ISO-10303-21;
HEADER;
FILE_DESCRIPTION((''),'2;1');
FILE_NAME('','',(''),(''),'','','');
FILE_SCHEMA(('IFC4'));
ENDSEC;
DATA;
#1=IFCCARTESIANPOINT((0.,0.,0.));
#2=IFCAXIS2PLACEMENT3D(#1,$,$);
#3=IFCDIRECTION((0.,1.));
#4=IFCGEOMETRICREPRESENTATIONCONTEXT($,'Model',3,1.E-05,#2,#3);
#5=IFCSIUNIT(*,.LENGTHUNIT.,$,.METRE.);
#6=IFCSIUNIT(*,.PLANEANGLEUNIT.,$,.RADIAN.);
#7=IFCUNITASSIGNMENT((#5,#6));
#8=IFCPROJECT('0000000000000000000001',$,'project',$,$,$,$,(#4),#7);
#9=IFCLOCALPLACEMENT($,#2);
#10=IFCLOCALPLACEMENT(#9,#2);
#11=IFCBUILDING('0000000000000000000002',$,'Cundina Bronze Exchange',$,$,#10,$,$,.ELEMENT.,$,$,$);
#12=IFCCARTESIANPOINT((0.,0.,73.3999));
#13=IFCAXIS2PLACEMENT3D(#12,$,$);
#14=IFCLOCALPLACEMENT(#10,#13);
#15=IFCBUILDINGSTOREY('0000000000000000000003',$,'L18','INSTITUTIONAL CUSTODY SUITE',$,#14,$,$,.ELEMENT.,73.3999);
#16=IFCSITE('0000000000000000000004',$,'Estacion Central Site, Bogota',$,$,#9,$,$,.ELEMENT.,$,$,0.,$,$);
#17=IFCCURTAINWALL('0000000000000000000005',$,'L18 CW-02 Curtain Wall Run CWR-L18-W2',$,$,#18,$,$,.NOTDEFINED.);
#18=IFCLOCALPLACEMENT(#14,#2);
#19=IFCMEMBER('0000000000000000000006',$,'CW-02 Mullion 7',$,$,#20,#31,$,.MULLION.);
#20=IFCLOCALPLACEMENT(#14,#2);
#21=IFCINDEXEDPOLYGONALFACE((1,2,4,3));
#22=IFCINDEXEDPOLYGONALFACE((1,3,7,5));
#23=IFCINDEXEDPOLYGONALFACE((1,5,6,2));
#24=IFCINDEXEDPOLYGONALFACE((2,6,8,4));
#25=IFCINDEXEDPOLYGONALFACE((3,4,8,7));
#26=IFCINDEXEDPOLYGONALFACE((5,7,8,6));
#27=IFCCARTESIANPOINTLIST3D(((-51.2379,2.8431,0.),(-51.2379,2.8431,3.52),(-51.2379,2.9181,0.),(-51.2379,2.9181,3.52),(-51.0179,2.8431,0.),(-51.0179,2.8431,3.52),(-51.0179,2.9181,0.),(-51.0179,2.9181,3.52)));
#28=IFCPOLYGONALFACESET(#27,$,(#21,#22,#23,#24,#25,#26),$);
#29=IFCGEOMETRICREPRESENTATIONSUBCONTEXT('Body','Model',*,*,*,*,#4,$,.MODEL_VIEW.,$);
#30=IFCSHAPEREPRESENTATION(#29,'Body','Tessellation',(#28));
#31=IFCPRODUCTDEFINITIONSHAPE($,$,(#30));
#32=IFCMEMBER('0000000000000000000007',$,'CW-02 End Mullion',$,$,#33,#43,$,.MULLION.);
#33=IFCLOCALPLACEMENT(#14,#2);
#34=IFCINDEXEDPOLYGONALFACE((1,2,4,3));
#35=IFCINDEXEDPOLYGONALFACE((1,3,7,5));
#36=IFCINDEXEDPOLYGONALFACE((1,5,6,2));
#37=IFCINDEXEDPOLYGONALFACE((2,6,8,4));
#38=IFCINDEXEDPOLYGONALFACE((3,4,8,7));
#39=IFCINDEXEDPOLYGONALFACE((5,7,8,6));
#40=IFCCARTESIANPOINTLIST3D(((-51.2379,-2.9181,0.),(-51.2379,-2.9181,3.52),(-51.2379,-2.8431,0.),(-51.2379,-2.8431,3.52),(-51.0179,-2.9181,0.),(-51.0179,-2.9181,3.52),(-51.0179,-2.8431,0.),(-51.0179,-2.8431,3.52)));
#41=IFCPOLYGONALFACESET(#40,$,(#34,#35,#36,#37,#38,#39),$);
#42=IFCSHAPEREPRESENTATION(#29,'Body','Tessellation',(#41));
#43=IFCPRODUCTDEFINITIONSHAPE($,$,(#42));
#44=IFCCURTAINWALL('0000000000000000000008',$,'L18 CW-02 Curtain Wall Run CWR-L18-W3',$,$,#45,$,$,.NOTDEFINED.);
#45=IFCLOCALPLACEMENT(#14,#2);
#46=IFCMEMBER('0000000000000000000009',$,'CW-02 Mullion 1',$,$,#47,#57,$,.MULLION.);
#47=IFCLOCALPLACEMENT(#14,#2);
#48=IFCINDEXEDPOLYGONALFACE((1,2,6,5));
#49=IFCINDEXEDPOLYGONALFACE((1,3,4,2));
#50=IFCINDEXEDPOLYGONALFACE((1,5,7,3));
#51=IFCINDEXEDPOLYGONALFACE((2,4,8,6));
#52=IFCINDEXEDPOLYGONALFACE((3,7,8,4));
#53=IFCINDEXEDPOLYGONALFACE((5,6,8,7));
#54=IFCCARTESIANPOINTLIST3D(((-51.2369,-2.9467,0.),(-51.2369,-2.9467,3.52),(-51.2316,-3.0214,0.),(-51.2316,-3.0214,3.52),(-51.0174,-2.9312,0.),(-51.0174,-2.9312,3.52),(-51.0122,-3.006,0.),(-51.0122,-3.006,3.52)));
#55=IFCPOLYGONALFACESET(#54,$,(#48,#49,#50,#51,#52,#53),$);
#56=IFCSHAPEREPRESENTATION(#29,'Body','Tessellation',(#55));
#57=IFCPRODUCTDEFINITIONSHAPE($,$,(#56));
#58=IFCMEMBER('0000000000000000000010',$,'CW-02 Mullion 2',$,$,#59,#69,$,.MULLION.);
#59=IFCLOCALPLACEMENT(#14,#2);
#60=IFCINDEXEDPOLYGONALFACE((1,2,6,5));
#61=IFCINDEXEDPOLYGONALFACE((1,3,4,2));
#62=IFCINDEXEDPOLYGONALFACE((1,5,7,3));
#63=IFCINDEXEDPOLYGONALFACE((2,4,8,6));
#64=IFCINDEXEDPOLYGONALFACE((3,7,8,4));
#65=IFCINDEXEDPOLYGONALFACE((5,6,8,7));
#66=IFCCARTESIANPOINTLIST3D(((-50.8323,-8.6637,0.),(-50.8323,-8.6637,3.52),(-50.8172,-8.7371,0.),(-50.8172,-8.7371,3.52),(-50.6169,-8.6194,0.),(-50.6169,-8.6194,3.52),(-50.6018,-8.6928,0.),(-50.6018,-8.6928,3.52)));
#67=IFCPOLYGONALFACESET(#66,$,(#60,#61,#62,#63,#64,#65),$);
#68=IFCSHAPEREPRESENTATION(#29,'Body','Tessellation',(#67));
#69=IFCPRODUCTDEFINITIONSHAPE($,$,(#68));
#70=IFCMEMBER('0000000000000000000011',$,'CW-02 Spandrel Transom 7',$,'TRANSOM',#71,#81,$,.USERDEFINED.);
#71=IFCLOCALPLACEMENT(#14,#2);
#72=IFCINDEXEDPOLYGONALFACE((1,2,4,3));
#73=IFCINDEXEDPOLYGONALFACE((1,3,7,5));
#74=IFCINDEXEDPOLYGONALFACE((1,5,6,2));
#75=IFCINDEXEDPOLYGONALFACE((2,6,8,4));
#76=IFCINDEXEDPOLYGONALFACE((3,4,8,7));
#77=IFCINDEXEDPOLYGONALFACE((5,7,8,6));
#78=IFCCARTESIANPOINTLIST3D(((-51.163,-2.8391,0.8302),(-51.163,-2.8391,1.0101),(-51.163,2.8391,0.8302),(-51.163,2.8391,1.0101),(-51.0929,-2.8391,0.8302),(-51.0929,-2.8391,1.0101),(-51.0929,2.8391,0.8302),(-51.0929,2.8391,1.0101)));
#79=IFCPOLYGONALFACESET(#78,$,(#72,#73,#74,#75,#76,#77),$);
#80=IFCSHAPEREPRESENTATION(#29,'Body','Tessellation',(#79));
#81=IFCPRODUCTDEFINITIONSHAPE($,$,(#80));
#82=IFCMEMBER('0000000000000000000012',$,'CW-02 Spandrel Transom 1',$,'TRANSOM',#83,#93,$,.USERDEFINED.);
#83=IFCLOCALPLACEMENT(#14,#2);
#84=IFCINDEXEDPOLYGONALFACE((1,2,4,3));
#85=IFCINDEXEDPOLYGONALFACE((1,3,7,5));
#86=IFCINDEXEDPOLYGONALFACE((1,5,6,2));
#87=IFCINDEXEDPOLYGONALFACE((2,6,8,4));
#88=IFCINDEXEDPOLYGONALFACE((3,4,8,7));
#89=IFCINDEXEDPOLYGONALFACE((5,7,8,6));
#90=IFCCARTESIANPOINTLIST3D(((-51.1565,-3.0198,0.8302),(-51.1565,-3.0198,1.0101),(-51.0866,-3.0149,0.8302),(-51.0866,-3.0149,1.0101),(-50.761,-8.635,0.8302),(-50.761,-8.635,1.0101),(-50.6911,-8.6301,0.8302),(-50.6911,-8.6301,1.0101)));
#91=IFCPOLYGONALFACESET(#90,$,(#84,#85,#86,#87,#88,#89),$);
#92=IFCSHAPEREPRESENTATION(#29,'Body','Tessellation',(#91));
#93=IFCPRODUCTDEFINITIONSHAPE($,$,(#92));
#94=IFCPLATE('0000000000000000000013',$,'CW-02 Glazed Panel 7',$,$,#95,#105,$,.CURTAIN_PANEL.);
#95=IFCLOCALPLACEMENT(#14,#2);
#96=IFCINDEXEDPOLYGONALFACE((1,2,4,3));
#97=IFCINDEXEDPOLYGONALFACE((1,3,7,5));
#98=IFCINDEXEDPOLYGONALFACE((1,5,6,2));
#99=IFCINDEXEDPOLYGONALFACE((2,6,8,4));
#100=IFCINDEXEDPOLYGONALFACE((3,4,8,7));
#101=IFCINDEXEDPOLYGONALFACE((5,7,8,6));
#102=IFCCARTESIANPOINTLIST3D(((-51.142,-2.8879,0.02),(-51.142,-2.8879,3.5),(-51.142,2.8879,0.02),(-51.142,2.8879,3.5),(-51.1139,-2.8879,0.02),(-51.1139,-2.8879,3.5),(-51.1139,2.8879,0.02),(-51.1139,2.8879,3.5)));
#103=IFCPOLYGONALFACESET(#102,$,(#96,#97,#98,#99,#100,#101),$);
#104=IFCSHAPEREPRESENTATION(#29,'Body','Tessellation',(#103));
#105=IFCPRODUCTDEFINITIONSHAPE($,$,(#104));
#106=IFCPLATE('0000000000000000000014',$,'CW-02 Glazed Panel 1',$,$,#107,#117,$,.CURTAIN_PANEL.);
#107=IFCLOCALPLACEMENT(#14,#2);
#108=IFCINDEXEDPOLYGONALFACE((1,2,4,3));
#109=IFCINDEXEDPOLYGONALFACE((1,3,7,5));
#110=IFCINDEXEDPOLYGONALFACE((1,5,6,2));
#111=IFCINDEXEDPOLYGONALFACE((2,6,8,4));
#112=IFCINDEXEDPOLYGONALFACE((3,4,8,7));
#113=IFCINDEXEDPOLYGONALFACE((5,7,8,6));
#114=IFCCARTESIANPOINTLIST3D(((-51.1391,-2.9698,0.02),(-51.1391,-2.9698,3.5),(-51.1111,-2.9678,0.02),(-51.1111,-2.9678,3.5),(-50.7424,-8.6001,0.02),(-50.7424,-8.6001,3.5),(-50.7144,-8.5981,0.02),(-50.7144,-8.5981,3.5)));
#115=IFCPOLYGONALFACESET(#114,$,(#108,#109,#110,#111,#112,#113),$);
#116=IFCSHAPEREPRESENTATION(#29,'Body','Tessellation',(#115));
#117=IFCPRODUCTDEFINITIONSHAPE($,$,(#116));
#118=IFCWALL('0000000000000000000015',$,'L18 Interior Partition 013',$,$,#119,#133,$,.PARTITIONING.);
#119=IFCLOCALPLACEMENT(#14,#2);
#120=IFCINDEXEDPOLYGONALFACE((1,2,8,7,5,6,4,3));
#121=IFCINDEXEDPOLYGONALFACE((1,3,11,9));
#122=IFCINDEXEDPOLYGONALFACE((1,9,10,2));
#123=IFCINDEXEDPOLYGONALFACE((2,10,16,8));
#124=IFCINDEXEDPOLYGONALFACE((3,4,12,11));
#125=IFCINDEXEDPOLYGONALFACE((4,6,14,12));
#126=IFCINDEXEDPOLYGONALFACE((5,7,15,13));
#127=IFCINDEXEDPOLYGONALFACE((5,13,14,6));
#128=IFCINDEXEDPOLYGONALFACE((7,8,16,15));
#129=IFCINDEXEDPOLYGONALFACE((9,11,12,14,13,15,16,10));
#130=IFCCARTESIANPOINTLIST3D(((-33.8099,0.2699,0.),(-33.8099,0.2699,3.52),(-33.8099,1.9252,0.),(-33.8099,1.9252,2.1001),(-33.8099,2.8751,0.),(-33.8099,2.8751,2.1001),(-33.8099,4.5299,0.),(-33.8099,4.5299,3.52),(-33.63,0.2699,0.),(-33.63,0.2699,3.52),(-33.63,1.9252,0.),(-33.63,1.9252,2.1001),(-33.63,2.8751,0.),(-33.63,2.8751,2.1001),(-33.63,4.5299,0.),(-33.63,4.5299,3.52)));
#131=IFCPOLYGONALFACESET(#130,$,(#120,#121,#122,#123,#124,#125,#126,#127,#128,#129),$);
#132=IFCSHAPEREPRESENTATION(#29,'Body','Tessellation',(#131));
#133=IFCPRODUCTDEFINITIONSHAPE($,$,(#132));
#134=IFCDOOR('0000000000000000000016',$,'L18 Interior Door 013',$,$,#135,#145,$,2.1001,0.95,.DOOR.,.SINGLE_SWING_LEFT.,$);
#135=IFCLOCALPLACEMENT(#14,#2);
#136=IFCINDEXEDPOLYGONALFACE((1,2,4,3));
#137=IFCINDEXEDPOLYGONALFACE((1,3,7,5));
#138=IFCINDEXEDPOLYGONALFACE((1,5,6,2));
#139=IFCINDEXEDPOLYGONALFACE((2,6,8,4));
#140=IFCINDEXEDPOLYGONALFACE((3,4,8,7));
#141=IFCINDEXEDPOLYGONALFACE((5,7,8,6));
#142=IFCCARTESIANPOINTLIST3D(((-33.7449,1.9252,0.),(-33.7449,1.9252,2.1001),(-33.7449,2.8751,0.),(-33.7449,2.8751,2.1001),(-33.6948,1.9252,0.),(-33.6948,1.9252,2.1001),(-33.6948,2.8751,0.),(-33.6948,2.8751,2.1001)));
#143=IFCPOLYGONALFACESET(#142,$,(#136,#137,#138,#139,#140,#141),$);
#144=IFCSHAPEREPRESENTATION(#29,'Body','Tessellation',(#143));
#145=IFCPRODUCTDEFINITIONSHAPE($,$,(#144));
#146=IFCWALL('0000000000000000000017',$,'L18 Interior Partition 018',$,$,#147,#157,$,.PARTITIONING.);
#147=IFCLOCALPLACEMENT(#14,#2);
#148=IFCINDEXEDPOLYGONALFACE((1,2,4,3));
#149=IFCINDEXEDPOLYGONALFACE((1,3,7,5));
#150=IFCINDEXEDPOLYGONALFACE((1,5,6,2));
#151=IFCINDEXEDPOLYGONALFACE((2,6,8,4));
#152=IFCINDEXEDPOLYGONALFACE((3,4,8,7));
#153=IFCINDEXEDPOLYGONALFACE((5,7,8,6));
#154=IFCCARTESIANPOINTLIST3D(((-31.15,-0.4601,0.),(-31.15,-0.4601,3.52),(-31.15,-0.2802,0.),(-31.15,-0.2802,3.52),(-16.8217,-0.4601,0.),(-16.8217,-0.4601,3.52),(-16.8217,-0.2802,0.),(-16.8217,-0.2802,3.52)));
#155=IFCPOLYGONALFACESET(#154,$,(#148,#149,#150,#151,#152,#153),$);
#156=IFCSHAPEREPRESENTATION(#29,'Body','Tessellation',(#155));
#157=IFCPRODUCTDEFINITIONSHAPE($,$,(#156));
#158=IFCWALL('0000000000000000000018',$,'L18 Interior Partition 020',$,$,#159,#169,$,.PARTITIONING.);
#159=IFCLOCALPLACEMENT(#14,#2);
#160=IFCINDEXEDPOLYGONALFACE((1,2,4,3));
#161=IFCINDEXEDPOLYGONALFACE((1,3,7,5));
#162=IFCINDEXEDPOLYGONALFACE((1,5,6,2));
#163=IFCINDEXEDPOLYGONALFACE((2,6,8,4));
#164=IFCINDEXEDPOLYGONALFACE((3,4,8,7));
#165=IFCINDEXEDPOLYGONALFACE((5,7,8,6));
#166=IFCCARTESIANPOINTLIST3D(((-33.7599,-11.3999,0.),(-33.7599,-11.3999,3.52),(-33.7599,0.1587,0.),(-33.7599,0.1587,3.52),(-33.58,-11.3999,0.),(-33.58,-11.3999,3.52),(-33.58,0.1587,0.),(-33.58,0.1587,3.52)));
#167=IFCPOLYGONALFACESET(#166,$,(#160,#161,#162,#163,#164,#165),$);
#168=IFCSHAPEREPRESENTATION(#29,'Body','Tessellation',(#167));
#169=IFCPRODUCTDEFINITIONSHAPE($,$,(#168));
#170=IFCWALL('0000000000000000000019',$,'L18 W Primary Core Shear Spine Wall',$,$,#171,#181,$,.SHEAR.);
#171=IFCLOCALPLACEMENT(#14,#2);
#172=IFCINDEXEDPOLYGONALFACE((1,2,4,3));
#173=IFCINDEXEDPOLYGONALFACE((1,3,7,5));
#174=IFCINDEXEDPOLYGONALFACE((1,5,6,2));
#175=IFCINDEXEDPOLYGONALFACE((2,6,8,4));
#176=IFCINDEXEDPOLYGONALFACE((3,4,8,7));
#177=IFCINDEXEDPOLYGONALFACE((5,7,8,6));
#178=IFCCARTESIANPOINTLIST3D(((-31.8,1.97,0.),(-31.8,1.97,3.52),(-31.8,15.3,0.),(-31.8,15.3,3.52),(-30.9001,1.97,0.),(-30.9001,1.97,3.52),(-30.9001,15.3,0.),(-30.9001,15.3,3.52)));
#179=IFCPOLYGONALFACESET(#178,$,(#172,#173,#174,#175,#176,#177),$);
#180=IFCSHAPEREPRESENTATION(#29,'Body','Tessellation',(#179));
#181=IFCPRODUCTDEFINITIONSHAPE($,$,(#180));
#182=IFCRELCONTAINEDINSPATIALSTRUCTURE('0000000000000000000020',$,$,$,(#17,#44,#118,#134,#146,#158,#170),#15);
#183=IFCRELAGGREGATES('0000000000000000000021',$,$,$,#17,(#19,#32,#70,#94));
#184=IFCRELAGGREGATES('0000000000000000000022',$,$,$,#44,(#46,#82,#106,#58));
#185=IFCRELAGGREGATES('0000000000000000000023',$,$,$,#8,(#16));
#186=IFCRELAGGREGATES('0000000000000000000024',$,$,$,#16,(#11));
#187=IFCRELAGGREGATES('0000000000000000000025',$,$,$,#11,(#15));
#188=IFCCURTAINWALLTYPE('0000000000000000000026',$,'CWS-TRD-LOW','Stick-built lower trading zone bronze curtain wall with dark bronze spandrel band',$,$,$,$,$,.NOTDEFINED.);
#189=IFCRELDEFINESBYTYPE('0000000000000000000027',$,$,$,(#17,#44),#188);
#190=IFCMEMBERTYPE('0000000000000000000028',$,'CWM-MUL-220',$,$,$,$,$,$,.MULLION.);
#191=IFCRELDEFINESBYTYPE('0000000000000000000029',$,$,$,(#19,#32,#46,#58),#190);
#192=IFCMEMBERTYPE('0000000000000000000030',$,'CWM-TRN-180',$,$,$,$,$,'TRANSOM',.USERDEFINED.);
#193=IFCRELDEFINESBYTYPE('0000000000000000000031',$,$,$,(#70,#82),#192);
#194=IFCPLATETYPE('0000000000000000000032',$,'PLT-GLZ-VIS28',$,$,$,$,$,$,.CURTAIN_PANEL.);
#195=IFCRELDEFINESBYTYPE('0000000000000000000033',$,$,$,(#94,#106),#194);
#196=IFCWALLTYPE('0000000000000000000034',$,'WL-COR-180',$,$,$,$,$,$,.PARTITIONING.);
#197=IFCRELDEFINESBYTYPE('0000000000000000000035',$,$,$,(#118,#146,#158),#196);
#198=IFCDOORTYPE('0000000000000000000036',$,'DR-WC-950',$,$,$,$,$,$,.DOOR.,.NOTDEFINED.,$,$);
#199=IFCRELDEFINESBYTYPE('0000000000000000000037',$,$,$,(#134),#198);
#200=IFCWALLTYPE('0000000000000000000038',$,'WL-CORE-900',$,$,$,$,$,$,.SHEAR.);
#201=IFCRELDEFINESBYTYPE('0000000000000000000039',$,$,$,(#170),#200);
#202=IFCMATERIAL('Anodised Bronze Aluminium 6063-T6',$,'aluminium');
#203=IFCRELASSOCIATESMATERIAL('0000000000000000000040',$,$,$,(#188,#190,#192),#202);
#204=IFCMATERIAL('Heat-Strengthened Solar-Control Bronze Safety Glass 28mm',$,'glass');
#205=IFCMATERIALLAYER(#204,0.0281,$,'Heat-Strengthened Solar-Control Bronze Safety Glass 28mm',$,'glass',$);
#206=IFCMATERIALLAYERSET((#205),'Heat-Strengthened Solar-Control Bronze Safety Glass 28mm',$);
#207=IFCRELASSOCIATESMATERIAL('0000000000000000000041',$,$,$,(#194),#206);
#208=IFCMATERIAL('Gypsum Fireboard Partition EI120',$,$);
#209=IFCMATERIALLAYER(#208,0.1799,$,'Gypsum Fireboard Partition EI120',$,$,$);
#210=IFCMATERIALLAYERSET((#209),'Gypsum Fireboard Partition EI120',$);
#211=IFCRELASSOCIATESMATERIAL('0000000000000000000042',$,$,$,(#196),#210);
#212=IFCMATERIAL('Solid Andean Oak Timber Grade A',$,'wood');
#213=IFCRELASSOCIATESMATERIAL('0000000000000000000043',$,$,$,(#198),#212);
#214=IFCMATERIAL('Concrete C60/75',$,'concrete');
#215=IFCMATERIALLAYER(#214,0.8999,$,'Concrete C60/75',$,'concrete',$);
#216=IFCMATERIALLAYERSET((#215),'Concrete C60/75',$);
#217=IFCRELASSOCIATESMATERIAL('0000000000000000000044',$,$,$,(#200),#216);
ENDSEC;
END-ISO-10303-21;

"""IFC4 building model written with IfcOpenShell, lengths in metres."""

from ifc_helpers import new_model, si_unit, direction, frame, frame_2d, origin, origin_2d, place, context, subcontext, project, spatial, rectangle, extrude, material, layer, layer_set, material_profile, profile_set, type_object, element, fill, aggregate, save


model = new_model("IFC4")

# Units and contexts
model_context = context("Model", 3, precision=1e-05, world=origin(), true_north=direction((0.0, 1.0)))
body_context = subcontext(model_context, "Body", "Model", "MODEL_VIEW")
ifc_project = project(units=[si_unit("LENGTHUNIT", "METRE"), si_unit("PLANEANGLEUNIT", "RADIAN")], contexts=[model_context])

# Site, building, storey
site_placement = place(None, origin())
site = spatial("IfcSite", under=ifc_project, at=site_placement, Name="Estacion Central Site, Bogota", CompositionType="ELEMENT", RefElevation=0.0)
building_placement = place(site_placement, origin())
building = spatial("IfcBuilding", under=site, at=building_placement, Name="Cundina Bronze Exchange", CompositionType="ELEMENT")
storey_placement = place(building_placement, frame((0.0, 0.0, 73.3999)))
storey = spatial("IfcBuildingStorey", under=building, at=storey_placement, Name="L18", Description="INSTITUTIONAL CUSTODY SUITE", CompositionType="ELEMENT", Elevation=73.3999)

# Shared definitions
ifc_material_1 = material(Name="Concrete C60/75", Category="concrete")

# Curtain walls, members
ifc_material_2 = material(Name="Anodised Bronze Aluminium 6063-T6", Category="aluminium")
curtain_wall_type = type_object("IfcCurtainWallType", Name="CWS-TRD-LOW", Description="Stick-built lower trading zone bronze curtain wall with dark bronze spandrel band", PredefinedType="NOTDEFINED", material=ifc_material_2)
curtain_wall_1_placement = place(storey_placement, origin())
curtain_wall_1 = element("IfcCurtainWall", 1, at=curtain_wall_1_placement, inside=storey, type_object=curtain_wall_type, Name="L18 CW-02 Curtain Wall Run CWR-L18-W2", PredefinedType="NOTDEFINED")
ifc_material_profile_1 = material_profile(ifc_material_2, rectangle(XDim=0.075, YDim=0.22, at=origin_2d()), Name="AL75X220", Category="aluminium")
ifc_profile_set_1 = profile_set([ifc_material_profile_1], Name="Anodised Bronze Aluminium 6063-T6")
member_type_1 = type_object("IfcMemberType", Name="CWM-MUL-220", PredefinedType="MULLION", material=ifc_profile_set_1)
member_1_placement = place(storey_placement, frame((-51.1279, 2.8806, 0.0), z_axis=(0.0, 0.0, 1.0), x_axis=(0.0, -1.0, 0.0)))
member_1 = element("IfcMember", 2, at=member_1_placement, type_object=member_type_1, Name="CW-02 Mullion 7", PredefinedType="MULLION", context=body_context, shape_type="SweptSolid", body=[
    extrude(rectangle(XDim=0.075, YDim=0.22, at=origin_2d()), origin(), (0.0, 0.0, 1.0), 3.52),
])
member_2_placement = place(storey_placement, frame((-51.1279, -2.8806, 0.0), z_axis=(0.0, 0.0, 1.0), x_axis=(0.0, -1.0, 0.0)))
member_2 = element("IfcMember", 3, at=member_2_placement, type_object=member_type_1, Name="CW-02 End Mullion", PredefinedType="MULLION", context=body_context, shape_type="SweptSolid", body=[
    extrude(rectangle(XDim=0.075, YDim=0.22, at=origin_2d()), origin(), (0.0, 0.0, 1.0), 3.52),
])
curtain_wall_2_placement = place(storey_placement, origin())
curtain_wall_2 = element("IfcCurtainWall", 4, at=curtain_wall_2_placement, inside=storey, type_object=curtain_wall_type, Name="L18 CW-02 Curtain Wall Run CWR-L18-W3", PredefinedType="NOTDEFINED")
member_3_placement = place(storey_placement, frame((-51.1245, -2.9763, 0.0), z_axis=(0.0, 0.0, 1.0), x_axis=(0.070279, -0.997527, 0.0)))
member_3 = element("IfcMember", 5, at=member_3_placement, type_object=member_type_1, Name="CW-02 Mullion 1", PredefinedType="MULLION", context=body_context, shape_type="SweptSolid", body=[
    extrude(rectangle(XDim=0.075, YDim=0.22, at=origin_2d()), origin(), (0.0, 0.0, 1.0), 3.52),
])
member_4_placement = place(storey_placement, frame((-50.717, -8.6782, 0.0), z_axis=(0.0, 0.0, 1.0), x_axis=(0.20142, -0.979505, 0.0)))
member_4 = element("IfcMember", 6, at=member_4_placement, type_object=member_type_1, Name="CW-02 Mullion 2", PredefinedType="MULLION", context=body_context, shape_type="SweptSolid", body=[
    extrude(rectangle(XDim=0.075, YDim=0.22, at=origin_2d()), origin(), (0.0, 0.0, 1.0), 3.52),
])

# Members
ifc_material_profile_2 = material_profile(ifc_material_2, rectangle(XDim=0.0701, YDim=0.1799, at=origin_2d()), Name="AL70X180", Category="aluminium")
ifc_profile_set_2 = profile_set([ifc_material_profile_2], Name="Anodised Bronze Aluminium 6063-T6")
member_type_2 = type_object("IfcMemberType", Name="CWM-TRN-180", ElementType="TRANSOM", PredefinedType="USERDEFINED", material=ifc_profile_set_2)
member_5_placement = place(storey_placement, frame((-51.1279, 2.8391, 0.9202), z_axis=(0.0, -1.0, 0.0), x_axis=(1.0, 0.0, 0.0)))
member_5 = element("IfcMember", 7, at=member_5_placement, type_object=member_type_2, Name="CW-02 Spandrel Transom 7", ObjectType="TRANSOM", PredefinedType="USERDEFINED", context=body_context, shape_type="SweptSolid", body=[
    extrude(rectangle(XDim=0.0701, YDim=0.1799, at=origin_2d()), origin(), (0.0, 0.0, 1.0), 5.6782),
])
member_6_placement = place(storey_placement, frame((-51.1216, -3.0173, 0.9202), z_axis=(0.070261, -0.997529, 0.0), x_axis=(0.997529, 0.070261, 0.0)))
member_6 = element("IfcMember", 8, at=member_6_placement, type_object=member_type_2, Name="CW-02 Spandrel Transom 1", ObjectType="TRANSOM", PredefinedType="USERDEFINED", context=body_context, shape_type="SweptSolid", body=[
    extrude(rectangle(XDim=0.0701, YDim=0.1799, at=origin_2d()), origin(), (0.0, 0.0, 1.0), 5.6292),
])

# Plates
ifc_material_3 = material(Name="Heat-Strengthened Solar-Control Bronze Safety Glass 28mm", Category="glass")
ifc_layer_1 = layer(ifc_material_3, 0.0281, Name="Heat-Strengthened Solar-Control Bronze Safety Glass 28mm", Category="glass")
ifc_layer_set_1 = layer_set([ifc_layer_1], Name="Heat-Strengthened Solar-Control Bronze Safety Glass 28mm")
plate_type = type_object("IfcPlateType", Name="PLT-GLZ-VIS28", PredefinedType="CURTAIN_PANEL", material=ifc_layer_set_1)
plate_1_placement = place(storey_placement, frame((-51.1279, 0.0, 0.02), z_axis=(0.0, 0.0, 1.0), x_axis=(0.0, -1.0, 0.0)))
plate_1 = element("IfcPlate", 9, at=plate_1_placement, type_object=plate_type, Name="CW-02 Glazed Panel 7", PredefinedType="CURTAIN_PANEL", context=body_context, shape_type="SweptSolid", body=[
    extrude(rectangle(XDim=5.7759, YDim=0.0281, at=origin_2d()), origin(), (0.0, 0.0, 1.0), 3.48),
])
aggregate(curtain_wall_1, [member_1, member_2, member_5, plate_1])
plate_2_placement = place(storey_placement, frame((-50.9268, -5.7839, 0.02), z_axis=(0.0, 0.0, 1.0), x_axis=(0.070279, -0.997527, 0.0)))
plate_2 = element("IfcPlate", 10, at=plate_2_placement, type_object=plate_type, Name="CW-02 Glazed Panel 1", PredefinedType="CURTAIN_PANEL", context=body_context, shape_type="SweptSolid", body=[
    extrude(rectangle(XDim=5.6443, YDim=0.0281, at=origin_2d()), origin(), (0.0, 0.0, 1.0), 3.48),
])
aggregate(curtain_wall_2, [member_3, member_6, plate_2, member_4])

# Wall, opening, door
ifc_material_4 = material(Name="Gypsum Fireboard Partition EI120")
ifc_layer_2 = layer(ifc_material_4, 0.1799, Name="Gypsum Fireboard Partition EI120")
ifc_layer_set_2 = layer_set([ifc_layer_2], Name="Gypsum Fireboard Partition EI120")
wall_type_1 = type_object("IfcWallType", Name="WL-COR-180", PredefinedType="PARTITIONING", material=ifc_layer_set_2)
wall_1_placement = place(storey_placement, frame((-33.72, 0.27, 0.0), z_axis=(0.0, 0.0, 1.0), x_axis=(0.0, 1.0, 0.0)))
wall_1 = element("IfcWall", 11, at=wall_1_placement, inside=storey, type_object=wall_type_1, Name="L18 Interior Partition 013", PredefinedType="PARTITIONING", context=body_context, shape_type="SweptSolid", body=[
    extrude(rectangle(XDim=4.26, YDim=0.1799, at=frame_2d((2.1299, 0.0))), origin(), (0.0, 0.0, 1.0), 3.52),
])
opening_placement = place(wall_1_placement, frame((1.655, 0.0, 0.0)))
opening = element("IfcOpeningElement", 12, at=opening_placement, cuts=wall_1, PredefinedType="OPENING", context=body_context, shape_type="SweptSolid", body=[
    extrude(rectangle(XDim=0.95, YDim=2.1001, at=frame_2d((0.4751, 1.05))), frame((0.0, 0.0999, 0.0), z_axis=(0.0, -1.0, 0.0), x_axis=(1.0, 0.0, 0.0)), (0.0, 0.0, 1.0), 0.2),
])
ifc_material_5 = material(Name="Solid Andean Oak Timber Grade A", Category="wood")
door_type = type_object("IfcDoorType", Name="DR-WC-950", OperationType="NOTDEFINED", PredefinedType="DOOR", material=ifc_material_5)
door_placement = place(opening_placement, origin())
door = element("IfcDoor", 13, at=door_placement, inside=storey, type_object=door_type, Name="L18 Interior Door 013", OperationType="SINGLE_SWING_LEFT", OverallHeight=2.1001, OverallWidth=0.95, PredefinedType="DOOR", context=body_context, shape_type="SweptSolid", body=[
    extrude(rectangle(XDim=0.95, YDim=2.1001, at=frame_2d((0.4751, 1.05))), frame((0.0, 0.0249, 0.0), z_axis=(0.0, -1.0, 0.0), x_axis=(1.0, 0.0, 0.0)), (0.0, 0.0, 1.0), 0.05),
])
fill(opening, door)

# Walls
wall_2_placement = place(storey_placement, frame((-31.1499, -0.3701, 0.0), z_axis=(0.0, 0.0, 1.0), x_axis=(1.0, 0.0, 0.0)))
element("IfcWall", 14, at=wall_2_placement, inside=storey, type_object=wall_type_1, Name="L18 Interior Partition 018", PredefinedType="PARTITIONING", context=body_context, shape_type="SweptSolid", body=[
    extrude(rectangle(XDim=14.3284, YDim=0.1799, at=frame_2d((7.1641, 0.0))), origin(), (0.0, 0.0, 1.0), 3.52),
])
wall_3_placement = place(storey_placement, frame((-33.6699, 0.1587, 0.0), z_axis=(0.0, 0.0, 1.0), x_axis=(0.0, -1.0, 0.0)))
element("IfcWall", 15, at=wall_3_placement, inside=storey, type_object=wall_type_1, Name="L18 Interior Partition 020", PredefinedType="PARTITIONING", context=body_context, shape_type="SweptSolid", body=[
    extrude(rectangle(XDim=11.5586, YDim=0.1799, at=frame_2d((5.7793, 0.0))), origin(), (0.0, 0.0, 1.0), 3.52),
])
ifc_layer_3 = layer(ifc_material_1, 0.8999, Name="Concrete C60/75", Category="concrete")
ifc_layer_set_3 = layer_set([ifc_layer_3], Name="Concrete C60/75")
wall_type_2 = type_object("IfcWallType", Name="WL-CORE-900", PredefinedType="SHEAR", material=ifc_layer_set_3)
wall_4_placement = place(storey_placement, frame((-31.3501, 1.97, 0.0), z_axis=(0.0, 0.0, 1.0), x_axis=(0.0, 1.0, 0.0)))
element("IfcWall", 16, at=wall_4_placement, inside=storey, type_object=wall_type_2, Name="L18 W Primary Core Shear Spine Wall", PredefinedType="SHEAR", context=body_context, shape_type="SweptSolid", body=[
    extrude(rectangle(XDim=13.3301, YDim=0.8999, at=frame_2d((6.665, 0.0))), origin(), (0.0, 0.0, 1.0), 3.52),
])

save(model, "model.ifc")
